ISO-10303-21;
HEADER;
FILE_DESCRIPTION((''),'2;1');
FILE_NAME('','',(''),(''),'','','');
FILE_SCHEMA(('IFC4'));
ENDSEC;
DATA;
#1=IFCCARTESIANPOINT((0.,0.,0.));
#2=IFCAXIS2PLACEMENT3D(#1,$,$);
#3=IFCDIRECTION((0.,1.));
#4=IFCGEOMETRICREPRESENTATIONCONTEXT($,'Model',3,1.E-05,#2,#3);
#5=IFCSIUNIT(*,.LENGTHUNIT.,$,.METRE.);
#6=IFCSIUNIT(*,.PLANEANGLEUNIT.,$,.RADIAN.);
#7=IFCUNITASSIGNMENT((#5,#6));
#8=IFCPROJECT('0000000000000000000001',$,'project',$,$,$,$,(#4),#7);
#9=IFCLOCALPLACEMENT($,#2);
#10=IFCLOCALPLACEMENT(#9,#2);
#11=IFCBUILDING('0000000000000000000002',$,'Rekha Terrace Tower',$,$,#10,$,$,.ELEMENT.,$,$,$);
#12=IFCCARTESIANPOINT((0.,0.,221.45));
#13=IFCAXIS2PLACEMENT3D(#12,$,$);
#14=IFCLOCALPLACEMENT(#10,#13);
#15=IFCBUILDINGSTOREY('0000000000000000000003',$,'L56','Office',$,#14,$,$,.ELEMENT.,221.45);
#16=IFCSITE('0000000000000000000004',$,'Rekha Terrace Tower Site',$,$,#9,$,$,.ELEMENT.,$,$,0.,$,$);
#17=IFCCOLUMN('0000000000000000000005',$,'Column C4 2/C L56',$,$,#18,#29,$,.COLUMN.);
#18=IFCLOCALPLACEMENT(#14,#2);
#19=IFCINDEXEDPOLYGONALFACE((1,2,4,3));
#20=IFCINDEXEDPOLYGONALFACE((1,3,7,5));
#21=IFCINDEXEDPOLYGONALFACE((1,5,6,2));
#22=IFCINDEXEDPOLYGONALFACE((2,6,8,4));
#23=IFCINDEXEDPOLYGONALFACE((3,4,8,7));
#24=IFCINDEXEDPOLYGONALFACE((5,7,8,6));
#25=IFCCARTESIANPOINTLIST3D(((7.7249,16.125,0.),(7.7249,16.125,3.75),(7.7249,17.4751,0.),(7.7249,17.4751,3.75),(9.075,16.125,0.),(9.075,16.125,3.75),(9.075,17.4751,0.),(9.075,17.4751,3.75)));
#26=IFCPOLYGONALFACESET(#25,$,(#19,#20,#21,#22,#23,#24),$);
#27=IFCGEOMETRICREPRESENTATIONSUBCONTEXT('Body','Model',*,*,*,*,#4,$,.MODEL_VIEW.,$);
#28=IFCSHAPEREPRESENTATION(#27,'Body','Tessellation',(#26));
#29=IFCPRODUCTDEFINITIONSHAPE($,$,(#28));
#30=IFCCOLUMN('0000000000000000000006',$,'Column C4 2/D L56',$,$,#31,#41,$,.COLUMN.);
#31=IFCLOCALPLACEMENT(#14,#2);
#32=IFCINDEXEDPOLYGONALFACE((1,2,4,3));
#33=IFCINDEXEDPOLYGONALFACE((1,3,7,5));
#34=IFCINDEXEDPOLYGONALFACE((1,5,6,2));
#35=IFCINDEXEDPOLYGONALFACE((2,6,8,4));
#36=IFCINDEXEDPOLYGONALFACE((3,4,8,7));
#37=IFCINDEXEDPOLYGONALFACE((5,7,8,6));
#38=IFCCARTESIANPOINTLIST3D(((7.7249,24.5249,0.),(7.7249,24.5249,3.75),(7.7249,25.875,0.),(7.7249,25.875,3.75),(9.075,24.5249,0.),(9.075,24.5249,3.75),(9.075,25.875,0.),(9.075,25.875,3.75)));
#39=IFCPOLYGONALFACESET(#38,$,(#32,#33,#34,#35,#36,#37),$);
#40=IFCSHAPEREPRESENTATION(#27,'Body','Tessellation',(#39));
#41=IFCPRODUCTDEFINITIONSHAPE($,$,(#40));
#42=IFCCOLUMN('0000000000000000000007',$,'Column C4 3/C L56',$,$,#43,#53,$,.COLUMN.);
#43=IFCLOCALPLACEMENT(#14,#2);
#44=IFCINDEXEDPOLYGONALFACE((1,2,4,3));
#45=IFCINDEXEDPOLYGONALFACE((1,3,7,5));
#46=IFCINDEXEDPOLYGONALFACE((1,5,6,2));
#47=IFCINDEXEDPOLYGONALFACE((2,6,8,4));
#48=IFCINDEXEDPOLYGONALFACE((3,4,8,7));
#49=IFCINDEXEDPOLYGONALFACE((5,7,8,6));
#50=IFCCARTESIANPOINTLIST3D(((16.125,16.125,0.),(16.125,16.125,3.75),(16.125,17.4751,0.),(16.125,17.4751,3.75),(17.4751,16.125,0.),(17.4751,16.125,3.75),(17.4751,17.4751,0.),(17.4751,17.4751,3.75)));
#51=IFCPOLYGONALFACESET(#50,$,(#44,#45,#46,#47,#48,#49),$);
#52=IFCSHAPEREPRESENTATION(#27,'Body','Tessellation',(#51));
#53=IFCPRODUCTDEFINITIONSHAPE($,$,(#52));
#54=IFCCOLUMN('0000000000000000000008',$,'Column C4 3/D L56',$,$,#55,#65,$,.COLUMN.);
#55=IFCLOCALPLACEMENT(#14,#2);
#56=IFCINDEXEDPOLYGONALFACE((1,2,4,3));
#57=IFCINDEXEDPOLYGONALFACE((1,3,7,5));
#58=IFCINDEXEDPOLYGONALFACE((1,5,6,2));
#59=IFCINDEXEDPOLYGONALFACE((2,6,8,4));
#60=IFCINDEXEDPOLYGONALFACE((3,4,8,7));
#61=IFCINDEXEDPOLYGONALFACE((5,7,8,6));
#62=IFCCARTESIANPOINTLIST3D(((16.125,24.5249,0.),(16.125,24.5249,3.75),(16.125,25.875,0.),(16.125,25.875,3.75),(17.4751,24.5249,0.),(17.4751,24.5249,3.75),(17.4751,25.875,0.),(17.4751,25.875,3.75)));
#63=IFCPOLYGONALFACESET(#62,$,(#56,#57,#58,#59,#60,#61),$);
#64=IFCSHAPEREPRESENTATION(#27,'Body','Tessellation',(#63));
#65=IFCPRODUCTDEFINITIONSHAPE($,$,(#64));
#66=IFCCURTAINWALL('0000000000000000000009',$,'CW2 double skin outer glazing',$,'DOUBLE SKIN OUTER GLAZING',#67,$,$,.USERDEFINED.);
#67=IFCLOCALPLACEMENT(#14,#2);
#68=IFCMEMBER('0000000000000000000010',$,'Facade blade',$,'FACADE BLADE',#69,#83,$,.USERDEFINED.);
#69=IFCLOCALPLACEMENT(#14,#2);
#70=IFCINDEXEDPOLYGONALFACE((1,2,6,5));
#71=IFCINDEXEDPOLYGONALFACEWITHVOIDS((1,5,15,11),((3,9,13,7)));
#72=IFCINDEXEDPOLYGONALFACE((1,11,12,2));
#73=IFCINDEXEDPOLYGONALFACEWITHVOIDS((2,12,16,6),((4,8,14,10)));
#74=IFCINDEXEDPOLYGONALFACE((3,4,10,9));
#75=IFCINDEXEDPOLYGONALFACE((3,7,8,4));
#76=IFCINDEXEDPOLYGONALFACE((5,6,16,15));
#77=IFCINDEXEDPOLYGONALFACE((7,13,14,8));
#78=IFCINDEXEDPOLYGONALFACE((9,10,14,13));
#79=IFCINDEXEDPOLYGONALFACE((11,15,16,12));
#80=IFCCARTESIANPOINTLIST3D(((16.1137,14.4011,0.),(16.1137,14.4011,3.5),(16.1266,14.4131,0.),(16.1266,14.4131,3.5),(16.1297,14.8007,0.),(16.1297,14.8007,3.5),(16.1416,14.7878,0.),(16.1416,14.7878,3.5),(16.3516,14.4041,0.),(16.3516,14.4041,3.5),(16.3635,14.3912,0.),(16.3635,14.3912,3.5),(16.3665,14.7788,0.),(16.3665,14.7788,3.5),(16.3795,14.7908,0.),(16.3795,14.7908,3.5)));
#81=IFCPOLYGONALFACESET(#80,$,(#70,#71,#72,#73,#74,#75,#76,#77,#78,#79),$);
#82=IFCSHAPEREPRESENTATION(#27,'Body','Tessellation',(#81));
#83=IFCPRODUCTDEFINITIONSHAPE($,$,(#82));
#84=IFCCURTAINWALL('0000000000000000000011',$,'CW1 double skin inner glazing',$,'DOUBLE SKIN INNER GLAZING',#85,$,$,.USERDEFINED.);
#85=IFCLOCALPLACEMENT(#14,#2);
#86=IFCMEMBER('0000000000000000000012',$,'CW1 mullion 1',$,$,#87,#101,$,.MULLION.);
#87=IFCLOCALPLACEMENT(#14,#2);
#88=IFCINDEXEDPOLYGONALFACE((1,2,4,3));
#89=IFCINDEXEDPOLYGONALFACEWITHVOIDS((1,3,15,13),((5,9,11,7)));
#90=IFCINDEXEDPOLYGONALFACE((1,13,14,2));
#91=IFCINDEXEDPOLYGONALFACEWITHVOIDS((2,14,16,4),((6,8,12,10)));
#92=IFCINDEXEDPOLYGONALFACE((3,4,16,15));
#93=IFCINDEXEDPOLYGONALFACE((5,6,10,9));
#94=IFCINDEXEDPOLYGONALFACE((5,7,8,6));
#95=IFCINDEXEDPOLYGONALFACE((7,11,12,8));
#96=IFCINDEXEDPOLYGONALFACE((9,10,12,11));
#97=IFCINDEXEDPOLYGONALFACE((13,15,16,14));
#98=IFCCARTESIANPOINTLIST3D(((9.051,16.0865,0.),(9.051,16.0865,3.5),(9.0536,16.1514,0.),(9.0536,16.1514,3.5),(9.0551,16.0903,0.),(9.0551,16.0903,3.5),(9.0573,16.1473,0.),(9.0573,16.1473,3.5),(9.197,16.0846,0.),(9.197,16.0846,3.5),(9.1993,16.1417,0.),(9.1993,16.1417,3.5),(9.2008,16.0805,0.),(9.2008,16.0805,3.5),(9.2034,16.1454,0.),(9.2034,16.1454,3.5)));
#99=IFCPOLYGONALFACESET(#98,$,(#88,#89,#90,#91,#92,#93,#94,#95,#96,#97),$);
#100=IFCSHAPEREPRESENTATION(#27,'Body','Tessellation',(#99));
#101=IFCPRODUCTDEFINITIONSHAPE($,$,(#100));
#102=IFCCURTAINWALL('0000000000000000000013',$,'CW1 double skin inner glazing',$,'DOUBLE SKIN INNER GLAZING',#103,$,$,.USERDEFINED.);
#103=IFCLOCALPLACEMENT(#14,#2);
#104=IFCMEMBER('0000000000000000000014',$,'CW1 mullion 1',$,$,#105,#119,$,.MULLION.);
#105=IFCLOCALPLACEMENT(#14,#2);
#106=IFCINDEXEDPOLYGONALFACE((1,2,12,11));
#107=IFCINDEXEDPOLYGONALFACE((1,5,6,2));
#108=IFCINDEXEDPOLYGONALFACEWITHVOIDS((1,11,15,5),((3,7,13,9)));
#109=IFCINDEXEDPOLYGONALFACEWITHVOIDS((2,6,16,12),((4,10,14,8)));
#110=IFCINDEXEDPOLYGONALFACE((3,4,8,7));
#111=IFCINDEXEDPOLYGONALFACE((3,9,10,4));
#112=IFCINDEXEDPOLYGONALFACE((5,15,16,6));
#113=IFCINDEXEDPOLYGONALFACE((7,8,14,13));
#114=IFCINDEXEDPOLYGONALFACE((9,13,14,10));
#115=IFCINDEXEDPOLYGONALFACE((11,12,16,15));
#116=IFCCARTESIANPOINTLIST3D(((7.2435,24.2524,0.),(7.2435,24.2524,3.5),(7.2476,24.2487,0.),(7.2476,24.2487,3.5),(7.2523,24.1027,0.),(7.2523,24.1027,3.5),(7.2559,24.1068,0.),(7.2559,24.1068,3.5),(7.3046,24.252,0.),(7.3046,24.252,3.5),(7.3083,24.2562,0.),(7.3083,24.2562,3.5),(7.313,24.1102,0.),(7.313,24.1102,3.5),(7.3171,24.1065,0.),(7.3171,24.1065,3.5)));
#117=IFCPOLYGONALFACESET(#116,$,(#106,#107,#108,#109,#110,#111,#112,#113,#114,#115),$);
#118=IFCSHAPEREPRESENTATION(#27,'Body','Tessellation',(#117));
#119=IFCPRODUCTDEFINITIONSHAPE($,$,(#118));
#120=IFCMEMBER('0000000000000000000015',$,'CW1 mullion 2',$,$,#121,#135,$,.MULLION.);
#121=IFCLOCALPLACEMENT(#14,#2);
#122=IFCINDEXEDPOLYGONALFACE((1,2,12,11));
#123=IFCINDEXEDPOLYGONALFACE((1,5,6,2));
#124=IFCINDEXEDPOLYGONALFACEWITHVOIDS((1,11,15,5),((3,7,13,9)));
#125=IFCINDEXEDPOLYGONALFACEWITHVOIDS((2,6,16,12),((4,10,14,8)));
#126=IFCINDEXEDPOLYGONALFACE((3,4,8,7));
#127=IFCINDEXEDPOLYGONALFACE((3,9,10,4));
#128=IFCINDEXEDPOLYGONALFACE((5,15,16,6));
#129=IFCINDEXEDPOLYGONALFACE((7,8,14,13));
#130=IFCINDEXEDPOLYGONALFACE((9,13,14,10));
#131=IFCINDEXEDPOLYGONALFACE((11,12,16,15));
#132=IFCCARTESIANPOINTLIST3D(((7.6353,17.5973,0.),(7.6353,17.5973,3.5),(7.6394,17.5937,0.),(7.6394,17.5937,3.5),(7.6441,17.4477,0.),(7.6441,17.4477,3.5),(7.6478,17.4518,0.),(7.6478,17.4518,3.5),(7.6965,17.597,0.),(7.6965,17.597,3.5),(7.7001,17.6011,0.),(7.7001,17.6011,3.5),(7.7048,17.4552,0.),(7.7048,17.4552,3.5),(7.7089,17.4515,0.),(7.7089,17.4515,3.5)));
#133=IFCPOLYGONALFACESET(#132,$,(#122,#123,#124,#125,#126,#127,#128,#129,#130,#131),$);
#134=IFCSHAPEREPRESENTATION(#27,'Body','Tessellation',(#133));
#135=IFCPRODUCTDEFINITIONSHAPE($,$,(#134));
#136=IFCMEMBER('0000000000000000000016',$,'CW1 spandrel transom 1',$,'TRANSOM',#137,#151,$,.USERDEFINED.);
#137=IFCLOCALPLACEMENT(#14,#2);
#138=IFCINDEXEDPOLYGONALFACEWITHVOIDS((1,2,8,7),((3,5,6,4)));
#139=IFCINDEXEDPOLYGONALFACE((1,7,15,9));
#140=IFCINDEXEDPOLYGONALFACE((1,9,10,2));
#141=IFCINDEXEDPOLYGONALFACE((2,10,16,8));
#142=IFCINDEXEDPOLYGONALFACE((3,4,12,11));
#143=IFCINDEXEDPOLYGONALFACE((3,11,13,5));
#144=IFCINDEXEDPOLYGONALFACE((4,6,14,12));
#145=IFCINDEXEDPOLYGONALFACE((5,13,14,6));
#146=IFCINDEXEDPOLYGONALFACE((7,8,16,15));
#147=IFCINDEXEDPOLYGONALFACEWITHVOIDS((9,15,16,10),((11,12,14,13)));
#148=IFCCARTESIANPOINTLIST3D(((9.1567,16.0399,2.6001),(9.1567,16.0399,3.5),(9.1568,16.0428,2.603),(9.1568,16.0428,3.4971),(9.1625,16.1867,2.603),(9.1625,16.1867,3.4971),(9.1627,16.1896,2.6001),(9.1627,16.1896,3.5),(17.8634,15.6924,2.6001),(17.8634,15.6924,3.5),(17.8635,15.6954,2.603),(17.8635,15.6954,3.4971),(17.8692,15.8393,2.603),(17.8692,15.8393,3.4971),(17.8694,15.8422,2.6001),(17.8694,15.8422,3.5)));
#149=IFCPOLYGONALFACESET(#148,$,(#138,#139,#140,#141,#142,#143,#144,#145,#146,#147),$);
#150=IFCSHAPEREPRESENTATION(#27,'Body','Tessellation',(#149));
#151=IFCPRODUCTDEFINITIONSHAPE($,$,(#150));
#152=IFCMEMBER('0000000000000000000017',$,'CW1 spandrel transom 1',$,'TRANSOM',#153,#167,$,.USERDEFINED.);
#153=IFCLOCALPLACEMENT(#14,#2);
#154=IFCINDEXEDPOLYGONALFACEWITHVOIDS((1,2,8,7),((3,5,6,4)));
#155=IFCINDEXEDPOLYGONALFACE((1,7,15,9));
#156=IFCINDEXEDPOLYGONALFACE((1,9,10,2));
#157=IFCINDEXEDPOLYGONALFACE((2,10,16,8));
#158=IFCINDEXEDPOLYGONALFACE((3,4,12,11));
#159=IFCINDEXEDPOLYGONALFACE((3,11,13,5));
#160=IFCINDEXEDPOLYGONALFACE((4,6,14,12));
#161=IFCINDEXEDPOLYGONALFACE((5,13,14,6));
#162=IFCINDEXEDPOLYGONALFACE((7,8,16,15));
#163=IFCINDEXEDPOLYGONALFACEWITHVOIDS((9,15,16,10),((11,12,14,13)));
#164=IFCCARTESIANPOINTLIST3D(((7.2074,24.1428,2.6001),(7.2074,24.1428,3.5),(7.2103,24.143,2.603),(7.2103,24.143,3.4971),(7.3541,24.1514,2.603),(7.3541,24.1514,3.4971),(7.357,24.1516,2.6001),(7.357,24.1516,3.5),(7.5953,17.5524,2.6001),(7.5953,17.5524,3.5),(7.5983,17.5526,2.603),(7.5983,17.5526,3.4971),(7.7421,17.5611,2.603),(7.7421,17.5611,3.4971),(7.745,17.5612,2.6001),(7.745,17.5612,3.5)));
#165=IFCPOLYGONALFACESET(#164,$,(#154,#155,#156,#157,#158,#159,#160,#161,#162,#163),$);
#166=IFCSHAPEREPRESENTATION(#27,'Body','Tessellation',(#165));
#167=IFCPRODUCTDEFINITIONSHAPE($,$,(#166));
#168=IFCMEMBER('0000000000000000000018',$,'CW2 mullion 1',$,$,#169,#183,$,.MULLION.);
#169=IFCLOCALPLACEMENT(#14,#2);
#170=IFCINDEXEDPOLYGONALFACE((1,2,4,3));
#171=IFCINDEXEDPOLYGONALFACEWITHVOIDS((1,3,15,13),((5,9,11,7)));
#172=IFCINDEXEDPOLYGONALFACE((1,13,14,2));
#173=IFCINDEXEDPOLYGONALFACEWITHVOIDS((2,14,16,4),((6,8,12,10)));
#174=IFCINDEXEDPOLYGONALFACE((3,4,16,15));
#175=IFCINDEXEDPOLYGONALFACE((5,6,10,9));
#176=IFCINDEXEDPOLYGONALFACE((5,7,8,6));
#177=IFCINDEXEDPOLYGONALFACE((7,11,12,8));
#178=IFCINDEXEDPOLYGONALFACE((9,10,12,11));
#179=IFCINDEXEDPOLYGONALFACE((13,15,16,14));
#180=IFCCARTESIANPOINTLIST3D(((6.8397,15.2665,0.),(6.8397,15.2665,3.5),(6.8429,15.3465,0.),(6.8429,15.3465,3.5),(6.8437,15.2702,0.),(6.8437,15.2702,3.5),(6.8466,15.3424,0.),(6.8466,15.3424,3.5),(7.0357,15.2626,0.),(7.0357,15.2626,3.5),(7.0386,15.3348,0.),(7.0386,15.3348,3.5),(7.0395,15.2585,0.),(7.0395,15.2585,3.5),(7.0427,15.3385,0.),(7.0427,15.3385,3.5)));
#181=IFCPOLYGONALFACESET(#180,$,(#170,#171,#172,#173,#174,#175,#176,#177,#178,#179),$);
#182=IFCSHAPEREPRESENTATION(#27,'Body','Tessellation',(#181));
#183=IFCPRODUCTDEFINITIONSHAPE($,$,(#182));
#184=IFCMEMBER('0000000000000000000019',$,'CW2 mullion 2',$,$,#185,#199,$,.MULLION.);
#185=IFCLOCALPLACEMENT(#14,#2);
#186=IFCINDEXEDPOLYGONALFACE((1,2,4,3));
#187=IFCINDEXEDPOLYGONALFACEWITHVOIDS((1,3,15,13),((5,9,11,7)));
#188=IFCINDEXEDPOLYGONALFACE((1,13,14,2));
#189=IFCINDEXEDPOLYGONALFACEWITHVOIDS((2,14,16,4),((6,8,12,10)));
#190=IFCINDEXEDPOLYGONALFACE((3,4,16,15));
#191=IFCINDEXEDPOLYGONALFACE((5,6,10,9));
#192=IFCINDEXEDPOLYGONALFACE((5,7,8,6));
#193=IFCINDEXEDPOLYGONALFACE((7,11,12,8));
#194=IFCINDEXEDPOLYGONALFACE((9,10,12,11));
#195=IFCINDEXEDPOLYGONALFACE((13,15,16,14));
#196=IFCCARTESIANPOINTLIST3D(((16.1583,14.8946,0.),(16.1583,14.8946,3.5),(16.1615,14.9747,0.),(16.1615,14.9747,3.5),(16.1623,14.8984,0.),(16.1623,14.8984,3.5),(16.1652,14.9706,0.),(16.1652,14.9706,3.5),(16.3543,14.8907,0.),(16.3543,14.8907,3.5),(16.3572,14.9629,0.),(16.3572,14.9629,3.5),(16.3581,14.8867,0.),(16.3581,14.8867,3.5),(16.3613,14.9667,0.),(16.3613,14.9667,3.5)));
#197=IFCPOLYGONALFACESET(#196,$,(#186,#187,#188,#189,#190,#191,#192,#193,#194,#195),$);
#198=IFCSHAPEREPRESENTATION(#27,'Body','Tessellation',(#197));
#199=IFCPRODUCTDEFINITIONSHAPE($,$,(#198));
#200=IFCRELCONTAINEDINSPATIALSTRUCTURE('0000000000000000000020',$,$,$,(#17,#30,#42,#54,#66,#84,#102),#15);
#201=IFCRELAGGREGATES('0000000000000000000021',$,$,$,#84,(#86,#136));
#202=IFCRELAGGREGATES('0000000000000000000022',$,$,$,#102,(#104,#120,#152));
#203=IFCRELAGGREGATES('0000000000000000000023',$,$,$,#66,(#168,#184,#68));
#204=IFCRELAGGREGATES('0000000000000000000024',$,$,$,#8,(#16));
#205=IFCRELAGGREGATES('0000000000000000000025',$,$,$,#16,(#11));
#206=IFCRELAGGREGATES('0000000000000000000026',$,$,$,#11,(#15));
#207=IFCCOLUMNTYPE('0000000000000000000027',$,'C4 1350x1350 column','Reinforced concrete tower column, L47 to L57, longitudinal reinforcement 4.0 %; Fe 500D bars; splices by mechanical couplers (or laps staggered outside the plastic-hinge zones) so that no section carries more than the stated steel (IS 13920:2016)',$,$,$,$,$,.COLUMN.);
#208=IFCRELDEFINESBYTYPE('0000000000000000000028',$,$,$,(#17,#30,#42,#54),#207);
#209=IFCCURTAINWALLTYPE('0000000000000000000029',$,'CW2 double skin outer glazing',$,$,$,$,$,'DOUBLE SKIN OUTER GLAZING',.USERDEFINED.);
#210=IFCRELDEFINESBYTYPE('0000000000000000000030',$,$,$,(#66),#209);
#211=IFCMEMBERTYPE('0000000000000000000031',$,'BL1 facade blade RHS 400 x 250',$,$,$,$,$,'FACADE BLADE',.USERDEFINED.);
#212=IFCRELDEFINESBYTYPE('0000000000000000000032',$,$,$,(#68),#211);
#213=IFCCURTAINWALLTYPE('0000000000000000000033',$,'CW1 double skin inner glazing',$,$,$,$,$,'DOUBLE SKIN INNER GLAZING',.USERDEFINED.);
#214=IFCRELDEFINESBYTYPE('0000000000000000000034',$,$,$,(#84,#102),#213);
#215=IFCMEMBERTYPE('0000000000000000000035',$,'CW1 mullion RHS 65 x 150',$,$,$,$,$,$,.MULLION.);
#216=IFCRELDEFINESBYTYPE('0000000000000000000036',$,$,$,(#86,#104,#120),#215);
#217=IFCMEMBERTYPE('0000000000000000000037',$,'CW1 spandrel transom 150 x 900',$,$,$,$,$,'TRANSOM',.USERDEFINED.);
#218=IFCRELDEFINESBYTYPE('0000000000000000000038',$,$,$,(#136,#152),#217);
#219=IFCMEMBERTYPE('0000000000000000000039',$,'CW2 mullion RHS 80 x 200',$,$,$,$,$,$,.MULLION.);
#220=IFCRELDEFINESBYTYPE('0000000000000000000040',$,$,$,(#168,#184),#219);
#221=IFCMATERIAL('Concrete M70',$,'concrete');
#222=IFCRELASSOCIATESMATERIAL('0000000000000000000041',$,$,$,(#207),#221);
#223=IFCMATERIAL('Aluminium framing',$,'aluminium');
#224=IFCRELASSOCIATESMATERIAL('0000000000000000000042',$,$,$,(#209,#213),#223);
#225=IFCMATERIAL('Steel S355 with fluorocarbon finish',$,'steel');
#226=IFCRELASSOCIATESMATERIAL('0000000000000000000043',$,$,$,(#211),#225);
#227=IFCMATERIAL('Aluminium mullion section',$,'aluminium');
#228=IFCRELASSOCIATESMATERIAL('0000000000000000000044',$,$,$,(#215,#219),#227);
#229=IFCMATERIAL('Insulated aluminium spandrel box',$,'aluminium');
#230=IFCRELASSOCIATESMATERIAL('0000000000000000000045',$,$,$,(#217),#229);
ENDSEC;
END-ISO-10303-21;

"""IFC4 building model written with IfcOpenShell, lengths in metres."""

from ifc_helpers import new_model, si_unit, direction, frame, origin, origin_2d, place, context, subcontext, project, spatial, rectangle, hollow_rectangle, extrude, material, material_profile, profile_set, type_object, element, aggregate, save


model = new_model("IFC4")

# Units and contexts
model_context = context("Model", 3, precision=1e-05, world=origin(), true_north=direction((0.0, 1.0)))
body_context = subcontext(model_context, "Body", "Model", "MODEL_VIEW")
ifc_project = project(units=[si_unit("LENGTHUNIT", "METRE"), si_unit("PLANEANGLEUNIT", "RADIAN")], contexts=[model_context])

# Site, building, storey
site_placement = place(None, origin())
site = spatial("IfcSite", under=ifc_project, at=site_placement, Name="Rekha Terrace Tower Site", CompositionType="ELEMENT", RefElevation=0.0)
building_placement = place(site_placement, origin())
building = spatial("IfcBuilding", under=site, at=building_placement, Name="Rekha Terrace Tower", CompositionType="ELEMENT")
storey_placement = place(building_placement, frame((0.0, 0.0, 221.45)))
storey = spatial("IfcBuildingStorey", under=building, at=storey_placement, Name="L56", Description="Office", CompositionType="ELEMENT", Elevation=221.45)

# Columns
ifc_material_1 = material(Name="Concrete M70", Category="concrete")
ifc_material_profile_1 = material_profile(ifc_material_1, rectangle(XDim=1.3501, YDim=1.3501, at=origin_2d()), Name="RC 1350x1350")
ifc_profile_set_1 = profile_set([ifc_material_profile_1], Name="Concrete M70")
column_type = type_object("IfcColumnType", Name="C4 1350x1350 column", Description="Reinforced concrete tower column, L47 to L57, longitudinal reinforcement 4.0 %; Fe 500D bars; splices by mechanical couplers (or laps staggered outside the plastic-hinge zones) so that no section carries more than the stated steel (IS 13920:2016)", PredefinedType="COLUMN", material=ifc_profile_set_1)
for number, where, z_axis, x_axis, name in (
    (1, (8.3999, 16.8, 0.0), (0.0, 0.0, 1.0), (1.0, 0.0, 0.0), "Column C4 2/C L56"),
    (2, (8.3999, 25.2, 0.0), (0.0, 0.0, 1.0), (1.0, 0.0, 0.0), "Column C4 2/D L56"),
    (3, (16.8, 16.8, 0.0), (0.0, 0.0, 1.0), (1.0, 0.0, 0.0), "Column C4 3/C L56"),
    (4, (16.8, 25.2, 0.0), (0.0, 0.0, 1.0), (1.0, 0.0, 0.0), "Column C4 3/D L56"),
):
    element("IfcColumn", number, at=place(storey_placement, frame(where, z_axis=z_axis, x_axis=x_axis)), inside=storey, type_object=column_type, Name=name, PredefinedType="COLUMN", context=body_context, shape_type="SweptSolid", body=[
        extrude(rectangle(XDim=1.3501, YDim=1.3501, at=origin_2d()), origin(), (0.0, 0.0, 1.0), 3.75),
    ])

# Curtain walls, members
ifc_material_2 = material(Name="Aluminium framing", Category="aluminium")
curtain_wall_type_1 = type_object("IfcCurtainWallType", Name="CW2 double skin outer glazing", ElementType="DOUBLE SKIN OUTER GLAZING", PredefinedType="USERDEFINED", material=ifc_material_2)
curtain_wall_1_placement = place(storey_placement, origin())
curtain_wall_1 = element("IfcCurtainWall", 5, at=curtain_wall_1_placement, inside=storey, type_object=curtain_wall_type_1, Name="CW2 double skin outer glazing", ObjectType="DOUBLE SKIN OUTER GLAZING", PredefinedType="USERDEFINED")
ifc_material_3 = material(Name="Steel S355 with fluorocarbon finish", Category="steel")
ifc_material_profile_2 = material_profile(ifc_material_3, hollow_rectangle(XDim=0.25, YDim=0.3999, WallThickness=0.0125, at=origin_2d()), Name="RHS400x250x12.5")
ifc_profile_set_2 = profile_set([ifc_material_profile_2], Name="Steel S355 with fluorocarbon finish")
member_type_1 = type_object("IfcMemberType", Name="BL1 facade blade RHS 400 x 250", ElementType="FACADE BLADE", PredefinedType="USERDEFINED", material=ifc_profile_set_2)
member_1_placement = place(storey_placement, frame((16.2466, 14.5959, 0.0), z_axis=(0.0, 0.0, 1.0), x_axis=(0.999205, -0.039872, 0.0)))
member_1 = element("IfcMember", 6, at=member_1_placement, type_object=member_type_1, Name="Facade blade", ObjectType="FACADE BLADE", PredefinedType="USERDEFINED", context=body_context, shape_type="SweptSolid", body=[
    extrude(hollow_rectangle(XDim=0.25, YDim=0.3999, WallThickness=0.0125, at=origin_2d()), origin(), (0.0, 0.0, 1.0), 3.5),
])
curtain_wall_type_2 = type_object("IfcCurtainWallType", Name="CW1 double skin inner glazing", ElementType="DOUBLE SKIN INNER GLAZING", PredefinedType="USERDEFINED", material=ifc_material_2)
curtain_wall_2_placement = place(storey_placement, origin())
curtain_wall_2 = element("IfcCurtainWall", 7, at=curtain_wall_2_placement, inside=storey, type_object=curtain_wall_type_2, Name="CW1 double skin inner glazing", ObjectType="DOUBLE SKIN INNER GLAZING", PredefinedType="USERDEFINED")
ifc_material_4 = material(Name="Aluminium mullion section", Category="aluminium")
ifc_material_profile_3 = material_profile(ifc_material_4, hollow_rectangle(XDim=0.0649, YDim=0.1499, WallThickness=0.0039, at=origin_2d()), Name="AL RHS 65x150")
ifc_profile_set_3 = profile_set([ifc_material_profile_3], Name="Aluminium mullion section")
member_type_2 = type_object("IfcMemberType", Name="CW1 mullion RHS 65 x 150", PredefinedType="MULLION", material=ifc_profile_set_3)
member_2_placement = place(storey_placement, frame((9.1272, 16.116, 0.0), z_axis=(0.0, 0.0, 1.0), x_axis=(0.039872, 0.999205, 0.0)))
member_2 = element("IfcMember", 8, at=member_2_placement, type_object=member_type_2, Name="CW1 mullion 1", PredefinedType="MULLION", context=body_context, shape_type="SweptSolid", body=[
    extrude(hollow_rectangle(XDim=0.0649, YDim=0.1499, WallThickness=0.0039, at=origin_2d()), origin(), (0.0, 0.0, 1.0), 3.5),
])

# Curtain wall, members
curtain_wall_3_placement = place(storey_placement, origin())
curtain_wall_3 = element("IfcCurtainWall", 9, at=curtain_wall_3_placement, inside=storey, type_object=curtain_wall_type_2, Name="CW1 double skin inner glazing", ObjectType="DOUBLE SKIN INNER GLAZING", PredefinedType="USERDEFINED")
member_3_placement = place(storey_placement, frame((7.2803, 24.1794, 0.0), z_axis=(0.0, 0.0, 1.0), x_axis=(0.998272, 0.058765, 0.0)))
member_3 = element("IfcMember", 10, at=member_3_placement, type_object=member_type_2, Name="CW1 mullion 1", PredefinedType="MULLION", context=body_context, shape_type="SweptSolid", body=[
    extrude(hollow_rectangle(XDim=0.0649, YDim=0.1499, WallThickness=0.0039, at=origin_2d()), origin(), (0.0, 0.0, 1.0), 3.5),
])
member_4_placement = place(storey_placement, frame((7.6721, 17.5244, 0.0), z_axis=(0.0, 0.0, 1.0), x_axis=(0.998272, 0.058765, 0.0)))
member_4 = element("IfcMember", 11, at=member_4_placement, type_object=member_type_2, Name="CW1 mullion 2", PredefinedType="MULLION", context=body_context, shape_type="SweptSolid", body=[
    extrude(hollow_rectangle(XDim=0.0649, YDim=0.1499, WallThickness=0.0039, at=origin_2d()), origin(), (0.0, 0.0, 1.0), 3.5),
])

# Members
ifc_material_5 = material(Name="Insulated aluminium spandrel box", Category="aluminium")
ifc_material_profile_4 = material_profile(ifc_material_5, hollow_rectangle(XDim=0.1499, YDim=0.8999, WallThickness=0.0029, at=origin_2d()), Name="AL SPANDREL BOX 150x900")
ifc_profile_set_4 = profile_set([ifc_material_profile_4], Name="Insulated aluminium spandrel box")
member_type_3 = type_object("IfcMemberType", Name="CW1 spandrel transom 150 x 900", ElementType="TRANSOM", PredefinedType="USERDEFINED", material=ifc_profile_set_4)
member_5_placement = place(storey_placement, frame((9.1597, 16.1147, 3.05), z_axis=(0.999205, -0.03987, 0.0), x_axis=(0.03987, 0.999205, 0.0)))
member_5 = element("IfcMember", 12, at=member_5_placement, type_object=member_type_3, Name="CW1 spandrel transom 1", ObjectType="TRANSOM", PredefinedType="USERDEFINED", context=body_context, shape_type="SweptSolid", body=[
    extrude(hollow_rectangle(XDim=0.1499, YDim=0.8999, WallThickness=0.0029, at=origin_2d()), origin(), (0.0, 0.0, 1.0), 8.7136),
])
member_6_placement = place(storey_placement, frame((7.2822, 24.1472, 3.05), z_axis=(0.058763, -0.998272, 0.0), x_axis=(0.998272, 0.058763, 0.0)))
member_6 = element("IfcMember", 13, at=member_6_placement, type_object=member_type_3, Name="CW1 spandrel transom 1", ObjectType="TRANSOM", PredefinedType="USERDEFINED", context=body_context, shape_type="SweptSolid", body=[
    extrude(hollow_rectangle(XDim=0.1499, YDim=0.8999, WallThickness=0.0029, at=origin_2d()), origin(), (0.0, 0.0, 1.0), 6.6018),
])
ifc_material_profile_5 = material_profile(ifc_material_4, hollow_rectangle(XDim=0.0801, YDim=0.2, WallThickness=0.0039, at=origin_2d()), Name="AL RHS 80x200")
ifc_profile_set_5 = profile_set([ifc_material_profile_5], Name="Aluminium mullion section")
member_type_4 = type_object("IfcMemberType", Name="CW2 mullion RHS 80 x 200", PredefinedType="MULLION", material=ifc_profile_set_5)
member_7_placement = place(storey_placement, frame((6.9412, 15.3025, 0.0), z_axis=(0.0, 0.0, 1.0), x_axis=(0.039872, 0.999205, 0.0)))
member_7 = element("IfcMember", 14, at=member_7_placement, type_object=member_type_4, Name="CW2 mullion 1", PredefinedType="MULLION", context=body_context, shape_type="SweptSolid", body=[
    extrude(hollow_rectangle(XDim=0.0801, YDim=0.2, WallThickness=0.0039, at=origin_2d()), origin(), (0.0, 0.0, 1.0), 3.5),
])
member_8_placement = place(storey_placement, frame((16.2598, 14.9307, 0.0), z_axis=(0.0, 0.0, 1.0), x_axis=(0.039872, 0.999205, 0.0)))
member_8 = element("IfcMember", 15, at=member_8_placement, type_object=member_type_4, Name="CW2 mullion 2", PredefinedType="MULLION", context=body_context, shape_type="SweptSolid", body=[
    extrude(hollow_rectangle(XDim=0.0801, YDim=0.2, WallThickness=0.0039, at=origin_2d()), origin(), (0.0, 0.0, 1.0), 3.5),
])

aggregate(curtain_wall_2, [member_2, member_5])
aggregate(curtain_wall_3, [member_3, member_4, member_6])
aggregate(curtain_wall_1, [member_7, member_8, member_1])

save(model, "model.ifc")
